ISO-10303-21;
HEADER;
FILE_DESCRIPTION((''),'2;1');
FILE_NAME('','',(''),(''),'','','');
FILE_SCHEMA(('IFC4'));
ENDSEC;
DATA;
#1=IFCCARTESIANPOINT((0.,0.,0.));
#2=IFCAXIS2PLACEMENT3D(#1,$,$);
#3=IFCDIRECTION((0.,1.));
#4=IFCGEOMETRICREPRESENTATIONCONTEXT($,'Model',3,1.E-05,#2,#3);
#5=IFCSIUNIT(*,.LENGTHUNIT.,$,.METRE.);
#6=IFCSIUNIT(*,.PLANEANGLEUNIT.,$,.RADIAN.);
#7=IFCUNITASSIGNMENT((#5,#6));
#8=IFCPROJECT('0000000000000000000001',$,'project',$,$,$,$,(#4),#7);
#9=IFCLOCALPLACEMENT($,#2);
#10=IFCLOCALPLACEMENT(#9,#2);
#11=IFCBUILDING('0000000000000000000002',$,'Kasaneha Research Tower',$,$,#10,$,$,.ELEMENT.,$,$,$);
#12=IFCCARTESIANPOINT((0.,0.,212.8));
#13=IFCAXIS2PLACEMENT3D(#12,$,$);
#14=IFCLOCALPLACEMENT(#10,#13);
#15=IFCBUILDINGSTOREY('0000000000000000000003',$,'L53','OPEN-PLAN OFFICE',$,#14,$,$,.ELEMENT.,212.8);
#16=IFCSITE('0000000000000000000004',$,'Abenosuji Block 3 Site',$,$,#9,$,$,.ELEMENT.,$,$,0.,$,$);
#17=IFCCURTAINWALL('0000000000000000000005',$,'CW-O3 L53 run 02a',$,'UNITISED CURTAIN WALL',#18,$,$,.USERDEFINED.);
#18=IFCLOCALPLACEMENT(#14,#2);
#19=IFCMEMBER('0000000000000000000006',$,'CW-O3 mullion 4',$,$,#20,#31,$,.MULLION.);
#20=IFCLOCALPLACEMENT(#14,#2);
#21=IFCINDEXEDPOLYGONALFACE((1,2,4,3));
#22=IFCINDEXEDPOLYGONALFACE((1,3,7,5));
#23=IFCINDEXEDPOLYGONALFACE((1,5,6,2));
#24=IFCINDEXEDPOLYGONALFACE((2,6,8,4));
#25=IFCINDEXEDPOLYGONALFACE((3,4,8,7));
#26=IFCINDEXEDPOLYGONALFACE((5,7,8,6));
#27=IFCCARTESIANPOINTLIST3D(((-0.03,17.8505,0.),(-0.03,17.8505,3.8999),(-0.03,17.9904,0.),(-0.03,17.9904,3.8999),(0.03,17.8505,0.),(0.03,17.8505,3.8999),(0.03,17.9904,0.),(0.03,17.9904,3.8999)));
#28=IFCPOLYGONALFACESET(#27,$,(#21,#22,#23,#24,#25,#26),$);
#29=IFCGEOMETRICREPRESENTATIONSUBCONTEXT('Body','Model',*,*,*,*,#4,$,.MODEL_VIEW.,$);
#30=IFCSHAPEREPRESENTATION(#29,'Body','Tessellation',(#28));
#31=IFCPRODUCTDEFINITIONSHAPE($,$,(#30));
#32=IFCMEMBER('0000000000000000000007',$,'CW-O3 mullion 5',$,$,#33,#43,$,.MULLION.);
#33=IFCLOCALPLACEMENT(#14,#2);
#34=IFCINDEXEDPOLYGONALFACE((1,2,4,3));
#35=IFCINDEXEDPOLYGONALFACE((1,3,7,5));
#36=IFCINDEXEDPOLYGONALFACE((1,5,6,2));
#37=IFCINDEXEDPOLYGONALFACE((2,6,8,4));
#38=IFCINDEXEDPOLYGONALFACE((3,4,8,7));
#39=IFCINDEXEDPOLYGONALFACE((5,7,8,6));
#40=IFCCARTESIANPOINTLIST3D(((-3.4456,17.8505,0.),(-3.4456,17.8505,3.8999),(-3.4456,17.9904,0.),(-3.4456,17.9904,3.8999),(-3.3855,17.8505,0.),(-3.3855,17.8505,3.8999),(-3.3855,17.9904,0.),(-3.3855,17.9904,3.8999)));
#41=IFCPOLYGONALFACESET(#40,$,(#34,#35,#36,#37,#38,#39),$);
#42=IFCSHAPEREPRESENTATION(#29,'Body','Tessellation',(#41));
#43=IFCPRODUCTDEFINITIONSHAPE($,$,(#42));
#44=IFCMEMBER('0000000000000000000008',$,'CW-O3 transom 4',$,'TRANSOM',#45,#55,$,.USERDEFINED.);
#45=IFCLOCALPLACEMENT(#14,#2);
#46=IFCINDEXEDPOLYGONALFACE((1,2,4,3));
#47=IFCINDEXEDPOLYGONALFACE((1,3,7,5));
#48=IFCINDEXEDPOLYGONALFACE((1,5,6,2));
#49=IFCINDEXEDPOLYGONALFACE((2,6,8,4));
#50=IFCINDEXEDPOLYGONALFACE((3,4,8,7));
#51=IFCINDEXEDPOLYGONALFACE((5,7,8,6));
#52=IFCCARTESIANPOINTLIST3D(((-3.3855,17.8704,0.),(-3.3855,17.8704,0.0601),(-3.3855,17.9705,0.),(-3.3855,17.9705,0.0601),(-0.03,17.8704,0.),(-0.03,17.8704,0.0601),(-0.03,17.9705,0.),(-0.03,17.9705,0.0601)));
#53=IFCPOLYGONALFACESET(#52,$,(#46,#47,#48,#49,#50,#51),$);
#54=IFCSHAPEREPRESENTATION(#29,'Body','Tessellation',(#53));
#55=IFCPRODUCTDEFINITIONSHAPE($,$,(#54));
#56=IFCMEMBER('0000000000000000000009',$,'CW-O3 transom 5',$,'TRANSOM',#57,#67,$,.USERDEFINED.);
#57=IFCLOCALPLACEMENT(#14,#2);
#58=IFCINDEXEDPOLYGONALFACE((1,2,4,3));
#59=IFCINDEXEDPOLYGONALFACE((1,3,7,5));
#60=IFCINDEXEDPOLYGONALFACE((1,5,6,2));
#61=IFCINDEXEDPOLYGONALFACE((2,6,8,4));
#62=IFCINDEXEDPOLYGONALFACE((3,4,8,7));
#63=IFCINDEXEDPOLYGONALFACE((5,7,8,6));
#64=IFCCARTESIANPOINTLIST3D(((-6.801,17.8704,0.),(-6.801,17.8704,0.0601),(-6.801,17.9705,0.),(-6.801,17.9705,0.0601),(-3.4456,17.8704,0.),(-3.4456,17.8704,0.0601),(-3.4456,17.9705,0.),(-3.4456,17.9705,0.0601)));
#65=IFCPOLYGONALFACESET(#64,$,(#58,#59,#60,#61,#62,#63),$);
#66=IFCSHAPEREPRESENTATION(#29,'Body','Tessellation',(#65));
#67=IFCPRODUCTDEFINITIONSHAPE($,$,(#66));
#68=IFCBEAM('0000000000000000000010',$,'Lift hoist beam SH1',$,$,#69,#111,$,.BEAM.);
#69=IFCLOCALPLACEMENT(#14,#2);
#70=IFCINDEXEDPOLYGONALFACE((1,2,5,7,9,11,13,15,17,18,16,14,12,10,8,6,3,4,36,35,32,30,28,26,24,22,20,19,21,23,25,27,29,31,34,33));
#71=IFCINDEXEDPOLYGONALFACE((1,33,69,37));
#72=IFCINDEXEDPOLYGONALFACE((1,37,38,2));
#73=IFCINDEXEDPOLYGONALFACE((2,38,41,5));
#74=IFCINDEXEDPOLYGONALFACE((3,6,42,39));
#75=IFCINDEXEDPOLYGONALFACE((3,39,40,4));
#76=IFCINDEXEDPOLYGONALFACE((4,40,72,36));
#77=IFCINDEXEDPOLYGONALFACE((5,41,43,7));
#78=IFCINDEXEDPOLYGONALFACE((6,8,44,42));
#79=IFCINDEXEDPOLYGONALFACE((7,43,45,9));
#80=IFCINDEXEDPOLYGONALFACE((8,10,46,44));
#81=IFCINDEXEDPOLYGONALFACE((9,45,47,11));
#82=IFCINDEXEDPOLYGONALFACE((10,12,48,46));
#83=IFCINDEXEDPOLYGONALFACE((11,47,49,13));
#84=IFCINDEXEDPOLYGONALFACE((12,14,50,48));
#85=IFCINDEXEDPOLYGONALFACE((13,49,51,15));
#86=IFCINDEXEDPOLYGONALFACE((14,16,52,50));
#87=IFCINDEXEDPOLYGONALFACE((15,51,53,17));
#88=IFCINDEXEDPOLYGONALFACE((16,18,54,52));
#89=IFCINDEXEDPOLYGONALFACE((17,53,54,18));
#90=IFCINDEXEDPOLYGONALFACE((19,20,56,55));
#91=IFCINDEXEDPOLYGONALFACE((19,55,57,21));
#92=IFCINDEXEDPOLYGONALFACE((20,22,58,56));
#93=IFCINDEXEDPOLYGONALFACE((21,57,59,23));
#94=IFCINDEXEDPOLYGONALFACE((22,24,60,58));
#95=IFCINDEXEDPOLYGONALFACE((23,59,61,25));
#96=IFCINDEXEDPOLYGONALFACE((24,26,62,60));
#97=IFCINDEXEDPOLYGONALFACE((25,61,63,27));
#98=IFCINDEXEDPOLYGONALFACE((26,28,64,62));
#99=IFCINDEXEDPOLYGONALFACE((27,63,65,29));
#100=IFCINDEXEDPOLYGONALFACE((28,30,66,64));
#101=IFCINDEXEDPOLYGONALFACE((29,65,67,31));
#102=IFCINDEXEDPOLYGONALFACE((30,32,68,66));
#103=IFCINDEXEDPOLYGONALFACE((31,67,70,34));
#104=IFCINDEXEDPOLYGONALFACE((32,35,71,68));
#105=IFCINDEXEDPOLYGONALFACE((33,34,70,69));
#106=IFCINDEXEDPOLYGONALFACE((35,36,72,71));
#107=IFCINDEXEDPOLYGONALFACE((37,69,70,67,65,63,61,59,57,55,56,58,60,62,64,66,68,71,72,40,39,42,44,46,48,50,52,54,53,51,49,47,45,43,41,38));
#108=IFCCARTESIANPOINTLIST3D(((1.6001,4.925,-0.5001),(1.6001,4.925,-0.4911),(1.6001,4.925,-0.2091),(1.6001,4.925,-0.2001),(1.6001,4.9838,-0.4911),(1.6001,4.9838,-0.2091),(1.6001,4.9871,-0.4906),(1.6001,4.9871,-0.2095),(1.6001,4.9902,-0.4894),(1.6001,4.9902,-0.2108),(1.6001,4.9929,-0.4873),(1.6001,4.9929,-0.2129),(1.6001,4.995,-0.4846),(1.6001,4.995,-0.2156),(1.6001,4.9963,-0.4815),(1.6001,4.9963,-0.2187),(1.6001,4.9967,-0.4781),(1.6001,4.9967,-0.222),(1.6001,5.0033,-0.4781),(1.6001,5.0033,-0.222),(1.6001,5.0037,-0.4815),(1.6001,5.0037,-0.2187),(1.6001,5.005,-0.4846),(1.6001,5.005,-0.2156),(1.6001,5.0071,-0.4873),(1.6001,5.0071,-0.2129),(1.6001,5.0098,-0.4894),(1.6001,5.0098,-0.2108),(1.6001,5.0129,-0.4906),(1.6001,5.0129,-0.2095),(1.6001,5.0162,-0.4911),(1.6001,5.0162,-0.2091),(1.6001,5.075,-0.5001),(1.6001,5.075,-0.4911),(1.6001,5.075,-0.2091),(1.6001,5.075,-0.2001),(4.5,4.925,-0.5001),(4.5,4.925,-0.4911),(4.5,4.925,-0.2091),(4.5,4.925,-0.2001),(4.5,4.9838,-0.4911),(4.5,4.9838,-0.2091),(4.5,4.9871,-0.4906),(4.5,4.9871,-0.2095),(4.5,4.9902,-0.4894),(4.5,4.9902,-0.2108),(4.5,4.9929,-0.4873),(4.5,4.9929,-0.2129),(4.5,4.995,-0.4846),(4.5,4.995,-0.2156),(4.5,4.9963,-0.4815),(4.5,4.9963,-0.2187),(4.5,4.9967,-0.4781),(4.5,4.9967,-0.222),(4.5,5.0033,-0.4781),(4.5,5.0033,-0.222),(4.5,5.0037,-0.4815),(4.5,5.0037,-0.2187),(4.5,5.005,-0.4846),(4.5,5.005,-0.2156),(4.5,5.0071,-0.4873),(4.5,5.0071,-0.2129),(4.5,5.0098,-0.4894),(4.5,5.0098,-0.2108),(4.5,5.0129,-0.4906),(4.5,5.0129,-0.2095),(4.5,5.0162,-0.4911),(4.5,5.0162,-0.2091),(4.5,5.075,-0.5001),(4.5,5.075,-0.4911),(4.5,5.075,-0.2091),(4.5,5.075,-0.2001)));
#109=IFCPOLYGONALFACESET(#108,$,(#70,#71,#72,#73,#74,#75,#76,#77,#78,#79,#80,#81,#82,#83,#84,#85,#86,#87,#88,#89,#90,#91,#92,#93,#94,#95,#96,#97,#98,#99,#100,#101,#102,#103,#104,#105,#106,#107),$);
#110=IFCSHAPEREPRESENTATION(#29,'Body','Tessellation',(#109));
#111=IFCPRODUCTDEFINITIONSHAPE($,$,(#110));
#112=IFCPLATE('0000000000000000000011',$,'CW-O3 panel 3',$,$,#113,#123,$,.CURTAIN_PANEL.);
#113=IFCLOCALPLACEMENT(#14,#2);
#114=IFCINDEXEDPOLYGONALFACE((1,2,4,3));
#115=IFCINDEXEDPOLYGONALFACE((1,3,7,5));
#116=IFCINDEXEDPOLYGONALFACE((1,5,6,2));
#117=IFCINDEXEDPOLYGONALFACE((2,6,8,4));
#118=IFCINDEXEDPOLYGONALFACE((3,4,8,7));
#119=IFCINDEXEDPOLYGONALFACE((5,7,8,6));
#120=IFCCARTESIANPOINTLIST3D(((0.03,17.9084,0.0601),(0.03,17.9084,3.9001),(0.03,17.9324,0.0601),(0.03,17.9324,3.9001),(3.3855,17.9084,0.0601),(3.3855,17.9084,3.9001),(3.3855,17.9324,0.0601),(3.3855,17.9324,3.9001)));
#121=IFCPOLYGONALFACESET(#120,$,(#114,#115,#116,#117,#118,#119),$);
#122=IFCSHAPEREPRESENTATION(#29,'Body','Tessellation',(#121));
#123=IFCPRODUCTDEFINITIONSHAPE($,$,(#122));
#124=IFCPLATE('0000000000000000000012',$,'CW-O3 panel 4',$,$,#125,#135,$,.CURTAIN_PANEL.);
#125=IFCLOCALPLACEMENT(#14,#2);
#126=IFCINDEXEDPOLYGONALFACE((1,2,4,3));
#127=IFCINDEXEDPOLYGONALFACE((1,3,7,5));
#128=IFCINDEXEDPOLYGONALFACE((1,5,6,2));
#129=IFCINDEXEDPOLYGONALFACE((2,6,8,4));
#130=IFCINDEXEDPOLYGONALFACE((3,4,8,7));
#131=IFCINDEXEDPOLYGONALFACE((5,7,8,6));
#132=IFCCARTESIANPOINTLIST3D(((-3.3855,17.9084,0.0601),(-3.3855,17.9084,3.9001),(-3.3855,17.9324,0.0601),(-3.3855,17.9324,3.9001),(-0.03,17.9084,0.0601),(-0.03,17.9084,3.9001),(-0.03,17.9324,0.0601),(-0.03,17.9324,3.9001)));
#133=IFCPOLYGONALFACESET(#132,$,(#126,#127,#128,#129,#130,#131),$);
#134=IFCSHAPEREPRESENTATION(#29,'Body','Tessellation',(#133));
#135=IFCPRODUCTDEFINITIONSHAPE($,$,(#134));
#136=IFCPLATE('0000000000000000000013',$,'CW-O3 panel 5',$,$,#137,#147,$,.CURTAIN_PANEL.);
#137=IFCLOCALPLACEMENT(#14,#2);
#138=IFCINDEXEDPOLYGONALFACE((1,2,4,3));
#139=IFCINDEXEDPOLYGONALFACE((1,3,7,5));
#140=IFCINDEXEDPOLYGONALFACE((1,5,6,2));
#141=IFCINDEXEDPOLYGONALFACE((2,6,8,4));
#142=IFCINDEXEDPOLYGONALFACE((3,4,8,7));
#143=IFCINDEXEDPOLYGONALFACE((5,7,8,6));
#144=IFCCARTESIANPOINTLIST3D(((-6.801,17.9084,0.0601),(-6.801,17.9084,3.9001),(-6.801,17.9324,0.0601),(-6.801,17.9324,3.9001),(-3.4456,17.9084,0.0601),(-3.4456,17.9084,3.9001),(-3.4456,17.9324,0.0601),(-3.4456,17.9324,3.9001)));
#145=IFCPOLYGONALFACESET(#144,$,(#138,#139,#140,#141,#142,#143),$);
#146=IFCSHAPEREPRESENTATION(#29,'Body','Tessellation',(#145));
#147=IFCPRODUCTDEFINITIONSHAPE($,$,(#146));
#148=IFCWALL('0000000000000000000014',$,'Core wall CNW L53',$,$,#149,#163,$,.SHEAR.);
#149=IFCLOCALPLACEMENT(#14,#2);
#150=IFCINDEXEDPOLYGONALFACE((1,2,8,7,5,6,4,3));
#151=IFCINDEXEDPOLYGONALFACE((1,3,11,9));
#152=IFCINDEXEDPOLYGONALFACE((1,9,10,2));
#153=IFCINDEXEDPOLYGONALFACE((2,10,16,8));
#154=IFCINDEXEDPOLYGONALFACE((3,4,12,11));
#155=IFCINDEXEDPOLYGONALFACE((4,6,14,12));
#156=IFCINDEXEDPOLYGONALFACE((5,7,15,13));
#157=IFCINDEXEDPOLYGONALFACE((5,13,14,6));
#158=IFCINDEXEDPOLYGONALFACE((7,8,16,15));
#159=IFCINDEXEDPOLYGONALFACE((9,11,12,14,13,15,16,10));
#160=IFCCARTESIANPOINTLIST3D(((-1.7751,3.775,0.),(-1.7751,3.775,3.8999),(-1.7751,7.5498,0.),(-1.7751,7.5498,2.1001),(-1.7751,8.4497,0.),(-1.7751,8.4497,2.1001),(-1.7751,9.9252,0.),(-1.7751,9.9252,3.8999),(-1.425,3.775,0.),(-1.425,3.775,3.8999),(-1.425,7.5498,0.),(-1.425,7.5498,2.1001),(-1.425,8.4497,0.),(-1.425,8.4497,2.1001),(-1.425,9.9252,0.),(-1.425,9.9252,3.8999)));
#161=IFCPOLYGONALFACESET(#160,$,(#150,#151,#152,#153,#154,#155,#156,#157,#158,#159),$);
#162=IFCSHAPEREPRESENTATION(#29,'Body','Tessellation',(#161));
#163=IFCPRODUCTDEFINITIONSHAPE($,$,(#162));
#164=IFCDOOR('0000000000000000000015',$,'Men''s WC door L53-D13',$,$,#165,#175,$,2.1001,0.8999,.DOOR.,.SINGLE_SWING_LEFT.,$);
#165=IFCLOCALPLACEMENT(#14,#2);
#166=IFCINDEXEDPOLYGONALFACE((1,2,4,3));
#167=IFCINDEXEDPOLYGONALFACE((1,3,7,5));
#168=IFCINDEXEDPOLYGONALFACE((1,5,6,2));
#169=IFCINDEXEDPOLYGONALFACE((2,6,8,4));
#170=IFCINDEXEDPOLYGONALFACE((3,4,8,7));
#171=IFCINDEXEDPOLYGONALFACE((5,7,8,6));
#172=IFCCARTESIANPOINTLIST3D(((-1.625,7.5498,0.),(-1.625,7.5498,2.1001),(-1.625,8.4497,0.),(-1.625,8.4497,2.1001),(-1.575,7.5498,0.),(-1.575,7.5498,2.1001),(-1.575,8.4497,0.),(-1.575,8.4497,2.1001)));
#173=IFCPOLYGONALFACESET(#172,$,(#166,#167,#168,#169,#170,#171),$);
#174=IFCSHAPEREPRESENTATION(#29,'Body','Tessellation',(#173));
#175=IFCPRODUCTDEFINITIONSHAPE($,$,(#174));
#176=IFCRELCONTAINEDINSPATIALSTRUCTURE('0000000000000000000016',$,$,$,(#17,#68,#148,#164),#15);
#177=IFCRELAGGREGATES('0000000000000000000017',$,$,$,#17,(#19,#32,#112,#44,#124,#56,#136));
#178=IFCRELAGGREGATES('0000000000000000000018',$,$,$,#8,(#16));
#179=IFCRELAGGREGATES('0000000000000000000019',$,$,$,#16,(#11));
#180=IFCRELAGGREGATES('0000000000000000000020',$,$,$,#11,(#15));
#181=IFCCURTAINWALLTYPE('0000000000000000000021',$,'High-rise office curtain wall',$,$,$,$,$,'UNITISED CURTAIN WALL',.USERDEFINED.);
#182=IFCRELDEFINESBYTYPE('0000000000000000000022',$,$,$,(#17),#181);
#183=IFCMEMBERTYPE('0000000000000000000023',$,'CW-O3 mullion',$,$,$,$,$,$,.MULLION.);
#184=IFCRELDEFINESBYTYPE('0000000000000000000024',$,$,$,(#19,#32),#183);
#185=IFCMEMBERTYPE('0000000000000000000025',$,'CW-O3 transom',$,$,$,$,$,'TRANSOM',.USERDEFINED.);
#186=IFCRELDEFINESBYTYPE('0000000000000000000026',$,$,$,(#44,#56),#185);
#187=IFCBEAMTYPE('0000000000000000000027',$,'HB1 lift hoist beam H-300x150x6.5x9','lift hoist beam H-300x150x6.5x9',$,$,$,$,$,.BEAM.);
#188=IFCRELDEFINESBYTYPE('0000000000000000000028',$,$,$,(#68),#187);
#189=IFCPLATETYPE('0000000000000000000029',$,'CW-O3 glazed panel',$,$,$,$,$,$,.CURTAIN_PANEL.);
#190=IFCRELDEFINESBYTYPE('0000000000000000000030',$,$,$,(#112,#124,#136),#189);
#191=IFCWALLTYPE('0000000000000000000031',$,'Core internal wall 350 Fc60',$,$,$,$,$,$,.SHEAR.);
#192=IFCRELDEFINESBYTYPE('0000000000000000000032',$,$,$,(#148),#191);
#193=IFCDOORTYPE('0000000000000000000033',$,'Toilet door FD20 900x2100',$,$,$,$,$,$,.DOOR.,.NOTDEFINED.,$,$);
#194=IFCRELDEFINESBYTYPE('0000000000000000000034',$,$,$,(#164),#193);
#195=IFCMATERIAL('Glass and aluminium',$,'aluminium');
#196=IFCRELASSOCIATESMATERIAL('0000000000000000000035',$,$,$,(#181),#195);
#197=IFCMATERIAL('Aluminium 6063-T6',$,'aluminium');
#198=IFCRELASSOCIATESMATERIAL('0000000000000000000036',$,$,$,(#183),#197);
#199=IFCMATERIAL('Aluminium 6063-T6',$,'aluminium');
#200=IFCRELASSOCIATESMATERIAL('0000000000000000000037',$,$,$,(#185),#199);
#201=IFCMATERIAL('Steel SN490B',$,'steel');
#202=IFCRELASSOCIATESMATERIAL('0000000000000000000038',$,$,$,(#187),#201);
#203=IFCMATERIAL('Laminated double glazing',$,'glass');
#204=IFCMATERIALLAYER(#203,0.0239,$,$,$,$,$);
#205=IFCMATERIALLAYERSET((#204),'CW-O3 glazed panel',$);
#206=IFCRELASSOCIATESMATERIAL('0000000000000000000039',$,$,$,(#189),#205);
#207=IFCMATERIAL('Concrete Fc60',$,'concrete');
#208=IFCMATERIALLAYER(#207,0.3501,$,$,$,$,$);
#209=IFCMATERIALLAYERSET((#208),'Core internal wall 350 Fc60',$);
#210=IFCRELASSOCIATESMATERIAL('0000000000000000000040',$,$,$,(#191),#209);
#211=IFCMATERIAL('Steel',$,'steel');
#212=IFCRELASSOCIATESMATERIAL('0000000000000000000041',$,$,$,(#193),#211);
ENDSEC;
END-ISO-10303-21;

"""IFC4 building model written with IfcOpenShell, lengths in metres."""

from ifc_helpers import new_model, si_unit, direction, frame, frame_2d, origin, origin_2d, place, context, subcontext, project, spatial, rectangle, i_section, extrude, material, layer, layer_set, material_profile, profile_set, type_object, element, fill, aggregate, save


model = new_model("IFC4")

# Units and contexts
model_context = context("Model", 3, precision=1e-05, world=origin(), true_north=direction((0.0, 1.0)))
body_context = subcontext(model_context, "Body", "Model", "MODEL_VIEW")
ifc_project = project(units=[si_unit("LENGTHUNIT", "METRE"), si_unit("PLANEANGLEUNIT", "RADIAN")], contexts=[model_context])

# Site, building, storey
site_placement = place(None, origin())
site = spatial("IfcSite", under=ifc_project, at=site_placement, Name="Abenosuji Block 3 Site", CompositionType="ELEMENT", RefElevation=0.0)
building_placement = place(site_placement, origin())
building = spatial("IfcBuilding", under=site, at=building_placement, Name="Kasaneha Research Tower", CompositionType="ELEMENT")
storey_placement = place(building_placement, frame((0.0, 0.0, 212.8)))
storey = spatial("IfcBuildingStorey", under=building, at=storey_placement, Name="L53", Description="OPEN-PLAN OFFICE", CompositionType="ELEMENT", Elevation=212.8)

# Curtain wall, members
ifc_material_1 = material(Name="Glass and aluminium", Category="aluminium")
curtain_wall_type = type_object("IfcCurtainWallType", Name="High-rise office curtain wall", ElementType="UNITISED CURTAIN WALL", PredefinedType="USERDEFINED", material=ifc_material_1)
curtain_wall_placement = place(storey_placement, origin())
curtain_wall = element("IfcCurtainWall", 1, at=curtain_wall_placement, inside=storey, type_object=curtain_wall_type, Name="CW-O3 L53 run 02a", ObjectType="UNITISED CURTAIN WALL", PredefinedType="USERDEFINED")
ifc_material_2 = material(Name="Aluminium 6063-T6", Category="aluminium")
ifc_material_profile_1 = material_profile(ifc_material_2, rectangle(XDim=0.0601, YDim=0.1399, at=origin_2d()), Name="CW-O3 mullion 60x140")
ifc_profile_set_1 = profile_set([ifc_material_profile_1], Name="Aluminium 6063-T6")
member_type_1 = type_object("IfcMemberType", Name="CW-O3 mullion", PredefinedType="MULLION", material=ifc_profile_set_1)
member_1_placement = place(storey_placement, frame((0.0, 17.9204, 0.0), z_axis=(0.0, 0.0, 1.0), x_axis=(-1.0, 0.0, 0.0)))
member_1 = element("IfcMember", 2, at=member_1_placement, type_object=member_type_1, Name="CW-O3 mullion 4", PredefinedType="MULLION", context=body_context, shape_type="SweptSolid", body=[
    extrude(rectangle(XDim=0.0601, YDim=0.1399, at=origin_2d()), origin(), (0.0, 0.0, 1.0), 3.8999),
])
member_2_placement = place(storey_placement, frame((-3.4155, 17.9204, 0.0), z_axis=(0.0, 0.0, 1.0), x_axis=(-1.0, 0.0, 0.0)))
member_2 = element("IfcMember", 3, at=member_2_placement, type_object=member_type_1, Name="CW-O3 mullion 5", PredefinedType="MULLION", context=body_context, shape_type="SweptSolid", body=[
    extrude(rectangle(XDim=0.0601, YDim=0.1399, at=origin_2d()), origin(), (0.0, 0.0, 1.0), 3.8999),
])
ifc_material_3 = material(Name="Aluminium 6063-T6", Category="aluminium")
ifc_material_profile_2 = material_profile(ifc_material_3, rectangle(XDim=0.1001, YDim=0.0601, at=origin_2d()), Name="CW-O3 transom 100x60")
ifc_profile_set_2 = profile_set([ifc_material_profile_2], Name="Aluminium 6063-T6")
member_type_2 = type_object("IfcMemberType", Name="CW-O3 transom", ElementType="TRANSOM", PredefinedType="USERDEFINED", material=ifc_profile_set_2)
member_3_placement = place(storey_placement, frame((-0.03, 17.9204, 0.03), z_axis=(-1.0, 0.0, 0.0), x_axis=(0.0, -1.0, 0.0)))
member_3 = element("IfcMember", 4, at=member_3_placement, type_object=member_type_2, Name="CW-O3 transom 4", ObjectType="TRANSOM", PredefinedType="USERDEFINED", context=body_context, shape_type="SweptSolid", body=[
    extrude(rectangle(XDim=0.1001, YDim=0.0601, at=origin_2d()), origin(), (0.0, 0.0, 1.0), 3.3555),
])
member_4_placement = place(storey_placement, frame((-3.4456, 17.9204, 0.03), z_axis=(-1.0, 0.0, 0.0), x_axis=(0.0, -1.0, 0.0)))
member_4 = element("IfcMember", 5, at=member_4_placement, type_object=member_type_2, Name="CW-O3 transom 5", ObjectType="TRANSOM", PredefinedType="USERDEFINED", context=body_context, shape_type="SweptSolid", body=[
    extrude(rectangle(XDim=0.1001, YDim=0.0601, at=origin_2d()), origin(), (0.0, 0.0, 1.0), 3.3555),
])

# Beam
ifc_material_4 = material(Name="Steel SN490B", Category="steel")
ifc_material_profile_3 = material_profile(ifc_material_4, i_section(OverallWidth=0.1499, OverallDepth=0.3, WebThickness=0.0066, FlangeThickness=0.009, FilletRadius=0.0129, at=origin_2d()), Name="H-300x150x6.5x9")
ifc_profile_set_3 = profile_set([ifc_material_profile_3], Name="Steel SN490B")
beam_type = type_object("IfcBeamType", Name="HB1 lift hoist beam H-300x150x6.5x9", Description="lift hoist beam H-300x150x6.5x9", PredefinedType="BEAM", material=ifc_profile_set_3)
beam_placement = place(storey_placement, frame((1.6001, 5.0, -0.3501), z_axis=(1.0, 0.0, 0.0), x_axis=(0.0, 1.0, 0.0)))
element("IfcBeam", 6, at=beam_placement, inside=storey, type_object=beam_type, Name="Lift hoist beam SH1", PredefinedType="BEAM", context=body_context, shape_type="SweptSolid", body=[
    extrude(i_section(OverallWidth=0.1499, OverallDepth=0.3, WebThickness=0.0066, FlangeThickness=0.009, FilletRadius=0.0129, at=origin_2d()), origin(), (0.0, 0.0, 1.0), 2.8999),
])

# Plates
ifc_material_5 = material(Name="Laminated double glazing", Category="glass")
ifc_layer_1 = layer(ifc_material_5, 0.0239)
ifc_layer_set_1 = layer_set([ifc_layer_1], Name="CW-O3 glazed panel")
plate_type = type_object("IfcPlateType", Name="CW-O3 glazed panel", PredefinedType="CURTAIN_PANEL", material=ifc_layer_set_1)
plate_1_placement = place(storey_placement, frame((1.7078, 17.9204, 0.0601), z_axis=(0.0, 0.0, 1.0), x_axis=(-1.0, 0.0, 0.0)))
plate_1 = element("IfcPlate", 7, at=plate_1_placement, type_object=plate_type, Name="CW-O3 panel 3", PredefinedType="CURTAIN_PANEL", context=body_context, shape_type="SweptSolid", body=[
    extrude(rectangle(XDim=3.3555, YDim=0.0239, at=origin_2d()), origin(), (0.0, 0.0, 1.0), 3.8401),
])
plate_2_placement = place(storey_placement, frame((-1.7078, 17.9204, 0.0601), z_axis=(0.0, 0.0, 1.0), x_axis=(-1.0, 0.0, 0.0)))
plate_2 = element("IfcPlate", 8, at=plate_2_placement, type_object=plate_type, Name="CW-O3 panel 4", PredefinedType="CURTAIN_PANEL", context=body_context, shape_type="SweptSolid", body=[
    extrude(rectangle(XDim=3.3555, YDim=0.0239, at=origin_2d()), origin(), (0.0, 0.0, 1.0), 3.8401),
])
plate_3_placement = place(storey_placement, frame((-5.1233, 17.9204, 0.0601), z_axis=(0.0, 0.0, 1.0), x_axis=(-1.0, 0.0, 0.0)))
plate_3 = element("IfcPlate", 9, at=plate_3_placement, type_object=plate_type, Name="CW-O3 panel 5", PredefinedType="CURTAIN_PANEL", context=body_context, shape_type="SweptSolid", body=[
    extrude(rectangle(XDim=3.3555, YDim=0.0239, at=origin_2d()), origin(), (0.0, 0.0, 1.0), 3.8401),
])
aggregate(curtain_wall, [member_1, member_2, plate_1, member_3, plate_2, member_4, plate_3])

# Wall, opening, door
ifc_material_6 = material(Name="Concrete Fc60", Category="concrete")
ifc_layer_2 = layer(ifc_material_6, 0.3501)
ifc_layer_set_2 = layer_set([ifc_layer_2], Name="Core internal wall 350 Fc60")
wall_type_1 = type_object("IfcWallType", Name="Core internal wall 350 Fc60", PredefinedType="SHEAR", material=ifc_layer_set_2)
wall_1_placement = place(storey_placement, frame((-1.6001, 3.7749, 0.0), z_axis=(0.0, 0.0, 1.0), x_axis=(0.0, 1.0, 0.0)))
wall_1 = element("IfcWall", 10, at=wall_1_placement, inside=storey, type_object=wall_type_1, Name="Core wall CNW L53", PredefinedType="SHEAR", context=body_context, shape_type="SweptSolid", body=[
    extrude(rectangle(XDim=6.1501, YDim=0.3501, at=frame_2d((3.0752, 0.0))), origin(), (0.0, 0.0, 1.0), 3.8999),
])
opening_1_placement = place(wall_1_placement, frame((3.7749, 0.0, 0.0)))
opening_1 = element("IfcOpeningElement", 11, at=opening_1_placement, cuts=wall_1, PredefinedType="OPENING", context=body_context, shape_type="SweptSolid", body=[
    extrude(rectangle(XDim=0.8999, YDim=2.1001, at=frame_2d((0.45, 1.05))), frame((0.0, 0.1851, 0.0), z_axis=(0.0, -1.0, 0.0), x_axis=(1.0, 0.0, 0.0)), (0.0, 0.0, 1.0), 0.3701),
])
ifc_material_7 = material(Name="Steel", Category="steel")
door_type_1 = type_object("IfcDoorType", Name="Toilet door FD20 900x2100", OperationType="NOTDEFINED", PredefinedType="DOOR", material=ifc_material_7)
door_1_placement = place(opening_1_placement, origin())
door_1 = element("IfcDoor", 12, at=door_1_placement, inside=storey, type_object=door_type_1, Name="Men's WC door L53-D13", OperationType="SINGLE_SWING_LEFT", OverallHeight=2.1001, OverallWidth=0.8999, PredefinedType="DOOR", context=body_context, shape_type="SweptSolid", body=[
    extrude(rectangle(XDim=0.8999, YDim=2.1001, at=frame_2d((0.45, 1.05))), frame((0.0, 0.0249, 0.0), z_axis=(0.0, -1.0, 0.0), x_axis=(1.0, 0.0, 0.0)), (0.0, 0.0, 1.0), 0.05),
])
fill(opening_1, door_1)

save(model, "model.ifc")
